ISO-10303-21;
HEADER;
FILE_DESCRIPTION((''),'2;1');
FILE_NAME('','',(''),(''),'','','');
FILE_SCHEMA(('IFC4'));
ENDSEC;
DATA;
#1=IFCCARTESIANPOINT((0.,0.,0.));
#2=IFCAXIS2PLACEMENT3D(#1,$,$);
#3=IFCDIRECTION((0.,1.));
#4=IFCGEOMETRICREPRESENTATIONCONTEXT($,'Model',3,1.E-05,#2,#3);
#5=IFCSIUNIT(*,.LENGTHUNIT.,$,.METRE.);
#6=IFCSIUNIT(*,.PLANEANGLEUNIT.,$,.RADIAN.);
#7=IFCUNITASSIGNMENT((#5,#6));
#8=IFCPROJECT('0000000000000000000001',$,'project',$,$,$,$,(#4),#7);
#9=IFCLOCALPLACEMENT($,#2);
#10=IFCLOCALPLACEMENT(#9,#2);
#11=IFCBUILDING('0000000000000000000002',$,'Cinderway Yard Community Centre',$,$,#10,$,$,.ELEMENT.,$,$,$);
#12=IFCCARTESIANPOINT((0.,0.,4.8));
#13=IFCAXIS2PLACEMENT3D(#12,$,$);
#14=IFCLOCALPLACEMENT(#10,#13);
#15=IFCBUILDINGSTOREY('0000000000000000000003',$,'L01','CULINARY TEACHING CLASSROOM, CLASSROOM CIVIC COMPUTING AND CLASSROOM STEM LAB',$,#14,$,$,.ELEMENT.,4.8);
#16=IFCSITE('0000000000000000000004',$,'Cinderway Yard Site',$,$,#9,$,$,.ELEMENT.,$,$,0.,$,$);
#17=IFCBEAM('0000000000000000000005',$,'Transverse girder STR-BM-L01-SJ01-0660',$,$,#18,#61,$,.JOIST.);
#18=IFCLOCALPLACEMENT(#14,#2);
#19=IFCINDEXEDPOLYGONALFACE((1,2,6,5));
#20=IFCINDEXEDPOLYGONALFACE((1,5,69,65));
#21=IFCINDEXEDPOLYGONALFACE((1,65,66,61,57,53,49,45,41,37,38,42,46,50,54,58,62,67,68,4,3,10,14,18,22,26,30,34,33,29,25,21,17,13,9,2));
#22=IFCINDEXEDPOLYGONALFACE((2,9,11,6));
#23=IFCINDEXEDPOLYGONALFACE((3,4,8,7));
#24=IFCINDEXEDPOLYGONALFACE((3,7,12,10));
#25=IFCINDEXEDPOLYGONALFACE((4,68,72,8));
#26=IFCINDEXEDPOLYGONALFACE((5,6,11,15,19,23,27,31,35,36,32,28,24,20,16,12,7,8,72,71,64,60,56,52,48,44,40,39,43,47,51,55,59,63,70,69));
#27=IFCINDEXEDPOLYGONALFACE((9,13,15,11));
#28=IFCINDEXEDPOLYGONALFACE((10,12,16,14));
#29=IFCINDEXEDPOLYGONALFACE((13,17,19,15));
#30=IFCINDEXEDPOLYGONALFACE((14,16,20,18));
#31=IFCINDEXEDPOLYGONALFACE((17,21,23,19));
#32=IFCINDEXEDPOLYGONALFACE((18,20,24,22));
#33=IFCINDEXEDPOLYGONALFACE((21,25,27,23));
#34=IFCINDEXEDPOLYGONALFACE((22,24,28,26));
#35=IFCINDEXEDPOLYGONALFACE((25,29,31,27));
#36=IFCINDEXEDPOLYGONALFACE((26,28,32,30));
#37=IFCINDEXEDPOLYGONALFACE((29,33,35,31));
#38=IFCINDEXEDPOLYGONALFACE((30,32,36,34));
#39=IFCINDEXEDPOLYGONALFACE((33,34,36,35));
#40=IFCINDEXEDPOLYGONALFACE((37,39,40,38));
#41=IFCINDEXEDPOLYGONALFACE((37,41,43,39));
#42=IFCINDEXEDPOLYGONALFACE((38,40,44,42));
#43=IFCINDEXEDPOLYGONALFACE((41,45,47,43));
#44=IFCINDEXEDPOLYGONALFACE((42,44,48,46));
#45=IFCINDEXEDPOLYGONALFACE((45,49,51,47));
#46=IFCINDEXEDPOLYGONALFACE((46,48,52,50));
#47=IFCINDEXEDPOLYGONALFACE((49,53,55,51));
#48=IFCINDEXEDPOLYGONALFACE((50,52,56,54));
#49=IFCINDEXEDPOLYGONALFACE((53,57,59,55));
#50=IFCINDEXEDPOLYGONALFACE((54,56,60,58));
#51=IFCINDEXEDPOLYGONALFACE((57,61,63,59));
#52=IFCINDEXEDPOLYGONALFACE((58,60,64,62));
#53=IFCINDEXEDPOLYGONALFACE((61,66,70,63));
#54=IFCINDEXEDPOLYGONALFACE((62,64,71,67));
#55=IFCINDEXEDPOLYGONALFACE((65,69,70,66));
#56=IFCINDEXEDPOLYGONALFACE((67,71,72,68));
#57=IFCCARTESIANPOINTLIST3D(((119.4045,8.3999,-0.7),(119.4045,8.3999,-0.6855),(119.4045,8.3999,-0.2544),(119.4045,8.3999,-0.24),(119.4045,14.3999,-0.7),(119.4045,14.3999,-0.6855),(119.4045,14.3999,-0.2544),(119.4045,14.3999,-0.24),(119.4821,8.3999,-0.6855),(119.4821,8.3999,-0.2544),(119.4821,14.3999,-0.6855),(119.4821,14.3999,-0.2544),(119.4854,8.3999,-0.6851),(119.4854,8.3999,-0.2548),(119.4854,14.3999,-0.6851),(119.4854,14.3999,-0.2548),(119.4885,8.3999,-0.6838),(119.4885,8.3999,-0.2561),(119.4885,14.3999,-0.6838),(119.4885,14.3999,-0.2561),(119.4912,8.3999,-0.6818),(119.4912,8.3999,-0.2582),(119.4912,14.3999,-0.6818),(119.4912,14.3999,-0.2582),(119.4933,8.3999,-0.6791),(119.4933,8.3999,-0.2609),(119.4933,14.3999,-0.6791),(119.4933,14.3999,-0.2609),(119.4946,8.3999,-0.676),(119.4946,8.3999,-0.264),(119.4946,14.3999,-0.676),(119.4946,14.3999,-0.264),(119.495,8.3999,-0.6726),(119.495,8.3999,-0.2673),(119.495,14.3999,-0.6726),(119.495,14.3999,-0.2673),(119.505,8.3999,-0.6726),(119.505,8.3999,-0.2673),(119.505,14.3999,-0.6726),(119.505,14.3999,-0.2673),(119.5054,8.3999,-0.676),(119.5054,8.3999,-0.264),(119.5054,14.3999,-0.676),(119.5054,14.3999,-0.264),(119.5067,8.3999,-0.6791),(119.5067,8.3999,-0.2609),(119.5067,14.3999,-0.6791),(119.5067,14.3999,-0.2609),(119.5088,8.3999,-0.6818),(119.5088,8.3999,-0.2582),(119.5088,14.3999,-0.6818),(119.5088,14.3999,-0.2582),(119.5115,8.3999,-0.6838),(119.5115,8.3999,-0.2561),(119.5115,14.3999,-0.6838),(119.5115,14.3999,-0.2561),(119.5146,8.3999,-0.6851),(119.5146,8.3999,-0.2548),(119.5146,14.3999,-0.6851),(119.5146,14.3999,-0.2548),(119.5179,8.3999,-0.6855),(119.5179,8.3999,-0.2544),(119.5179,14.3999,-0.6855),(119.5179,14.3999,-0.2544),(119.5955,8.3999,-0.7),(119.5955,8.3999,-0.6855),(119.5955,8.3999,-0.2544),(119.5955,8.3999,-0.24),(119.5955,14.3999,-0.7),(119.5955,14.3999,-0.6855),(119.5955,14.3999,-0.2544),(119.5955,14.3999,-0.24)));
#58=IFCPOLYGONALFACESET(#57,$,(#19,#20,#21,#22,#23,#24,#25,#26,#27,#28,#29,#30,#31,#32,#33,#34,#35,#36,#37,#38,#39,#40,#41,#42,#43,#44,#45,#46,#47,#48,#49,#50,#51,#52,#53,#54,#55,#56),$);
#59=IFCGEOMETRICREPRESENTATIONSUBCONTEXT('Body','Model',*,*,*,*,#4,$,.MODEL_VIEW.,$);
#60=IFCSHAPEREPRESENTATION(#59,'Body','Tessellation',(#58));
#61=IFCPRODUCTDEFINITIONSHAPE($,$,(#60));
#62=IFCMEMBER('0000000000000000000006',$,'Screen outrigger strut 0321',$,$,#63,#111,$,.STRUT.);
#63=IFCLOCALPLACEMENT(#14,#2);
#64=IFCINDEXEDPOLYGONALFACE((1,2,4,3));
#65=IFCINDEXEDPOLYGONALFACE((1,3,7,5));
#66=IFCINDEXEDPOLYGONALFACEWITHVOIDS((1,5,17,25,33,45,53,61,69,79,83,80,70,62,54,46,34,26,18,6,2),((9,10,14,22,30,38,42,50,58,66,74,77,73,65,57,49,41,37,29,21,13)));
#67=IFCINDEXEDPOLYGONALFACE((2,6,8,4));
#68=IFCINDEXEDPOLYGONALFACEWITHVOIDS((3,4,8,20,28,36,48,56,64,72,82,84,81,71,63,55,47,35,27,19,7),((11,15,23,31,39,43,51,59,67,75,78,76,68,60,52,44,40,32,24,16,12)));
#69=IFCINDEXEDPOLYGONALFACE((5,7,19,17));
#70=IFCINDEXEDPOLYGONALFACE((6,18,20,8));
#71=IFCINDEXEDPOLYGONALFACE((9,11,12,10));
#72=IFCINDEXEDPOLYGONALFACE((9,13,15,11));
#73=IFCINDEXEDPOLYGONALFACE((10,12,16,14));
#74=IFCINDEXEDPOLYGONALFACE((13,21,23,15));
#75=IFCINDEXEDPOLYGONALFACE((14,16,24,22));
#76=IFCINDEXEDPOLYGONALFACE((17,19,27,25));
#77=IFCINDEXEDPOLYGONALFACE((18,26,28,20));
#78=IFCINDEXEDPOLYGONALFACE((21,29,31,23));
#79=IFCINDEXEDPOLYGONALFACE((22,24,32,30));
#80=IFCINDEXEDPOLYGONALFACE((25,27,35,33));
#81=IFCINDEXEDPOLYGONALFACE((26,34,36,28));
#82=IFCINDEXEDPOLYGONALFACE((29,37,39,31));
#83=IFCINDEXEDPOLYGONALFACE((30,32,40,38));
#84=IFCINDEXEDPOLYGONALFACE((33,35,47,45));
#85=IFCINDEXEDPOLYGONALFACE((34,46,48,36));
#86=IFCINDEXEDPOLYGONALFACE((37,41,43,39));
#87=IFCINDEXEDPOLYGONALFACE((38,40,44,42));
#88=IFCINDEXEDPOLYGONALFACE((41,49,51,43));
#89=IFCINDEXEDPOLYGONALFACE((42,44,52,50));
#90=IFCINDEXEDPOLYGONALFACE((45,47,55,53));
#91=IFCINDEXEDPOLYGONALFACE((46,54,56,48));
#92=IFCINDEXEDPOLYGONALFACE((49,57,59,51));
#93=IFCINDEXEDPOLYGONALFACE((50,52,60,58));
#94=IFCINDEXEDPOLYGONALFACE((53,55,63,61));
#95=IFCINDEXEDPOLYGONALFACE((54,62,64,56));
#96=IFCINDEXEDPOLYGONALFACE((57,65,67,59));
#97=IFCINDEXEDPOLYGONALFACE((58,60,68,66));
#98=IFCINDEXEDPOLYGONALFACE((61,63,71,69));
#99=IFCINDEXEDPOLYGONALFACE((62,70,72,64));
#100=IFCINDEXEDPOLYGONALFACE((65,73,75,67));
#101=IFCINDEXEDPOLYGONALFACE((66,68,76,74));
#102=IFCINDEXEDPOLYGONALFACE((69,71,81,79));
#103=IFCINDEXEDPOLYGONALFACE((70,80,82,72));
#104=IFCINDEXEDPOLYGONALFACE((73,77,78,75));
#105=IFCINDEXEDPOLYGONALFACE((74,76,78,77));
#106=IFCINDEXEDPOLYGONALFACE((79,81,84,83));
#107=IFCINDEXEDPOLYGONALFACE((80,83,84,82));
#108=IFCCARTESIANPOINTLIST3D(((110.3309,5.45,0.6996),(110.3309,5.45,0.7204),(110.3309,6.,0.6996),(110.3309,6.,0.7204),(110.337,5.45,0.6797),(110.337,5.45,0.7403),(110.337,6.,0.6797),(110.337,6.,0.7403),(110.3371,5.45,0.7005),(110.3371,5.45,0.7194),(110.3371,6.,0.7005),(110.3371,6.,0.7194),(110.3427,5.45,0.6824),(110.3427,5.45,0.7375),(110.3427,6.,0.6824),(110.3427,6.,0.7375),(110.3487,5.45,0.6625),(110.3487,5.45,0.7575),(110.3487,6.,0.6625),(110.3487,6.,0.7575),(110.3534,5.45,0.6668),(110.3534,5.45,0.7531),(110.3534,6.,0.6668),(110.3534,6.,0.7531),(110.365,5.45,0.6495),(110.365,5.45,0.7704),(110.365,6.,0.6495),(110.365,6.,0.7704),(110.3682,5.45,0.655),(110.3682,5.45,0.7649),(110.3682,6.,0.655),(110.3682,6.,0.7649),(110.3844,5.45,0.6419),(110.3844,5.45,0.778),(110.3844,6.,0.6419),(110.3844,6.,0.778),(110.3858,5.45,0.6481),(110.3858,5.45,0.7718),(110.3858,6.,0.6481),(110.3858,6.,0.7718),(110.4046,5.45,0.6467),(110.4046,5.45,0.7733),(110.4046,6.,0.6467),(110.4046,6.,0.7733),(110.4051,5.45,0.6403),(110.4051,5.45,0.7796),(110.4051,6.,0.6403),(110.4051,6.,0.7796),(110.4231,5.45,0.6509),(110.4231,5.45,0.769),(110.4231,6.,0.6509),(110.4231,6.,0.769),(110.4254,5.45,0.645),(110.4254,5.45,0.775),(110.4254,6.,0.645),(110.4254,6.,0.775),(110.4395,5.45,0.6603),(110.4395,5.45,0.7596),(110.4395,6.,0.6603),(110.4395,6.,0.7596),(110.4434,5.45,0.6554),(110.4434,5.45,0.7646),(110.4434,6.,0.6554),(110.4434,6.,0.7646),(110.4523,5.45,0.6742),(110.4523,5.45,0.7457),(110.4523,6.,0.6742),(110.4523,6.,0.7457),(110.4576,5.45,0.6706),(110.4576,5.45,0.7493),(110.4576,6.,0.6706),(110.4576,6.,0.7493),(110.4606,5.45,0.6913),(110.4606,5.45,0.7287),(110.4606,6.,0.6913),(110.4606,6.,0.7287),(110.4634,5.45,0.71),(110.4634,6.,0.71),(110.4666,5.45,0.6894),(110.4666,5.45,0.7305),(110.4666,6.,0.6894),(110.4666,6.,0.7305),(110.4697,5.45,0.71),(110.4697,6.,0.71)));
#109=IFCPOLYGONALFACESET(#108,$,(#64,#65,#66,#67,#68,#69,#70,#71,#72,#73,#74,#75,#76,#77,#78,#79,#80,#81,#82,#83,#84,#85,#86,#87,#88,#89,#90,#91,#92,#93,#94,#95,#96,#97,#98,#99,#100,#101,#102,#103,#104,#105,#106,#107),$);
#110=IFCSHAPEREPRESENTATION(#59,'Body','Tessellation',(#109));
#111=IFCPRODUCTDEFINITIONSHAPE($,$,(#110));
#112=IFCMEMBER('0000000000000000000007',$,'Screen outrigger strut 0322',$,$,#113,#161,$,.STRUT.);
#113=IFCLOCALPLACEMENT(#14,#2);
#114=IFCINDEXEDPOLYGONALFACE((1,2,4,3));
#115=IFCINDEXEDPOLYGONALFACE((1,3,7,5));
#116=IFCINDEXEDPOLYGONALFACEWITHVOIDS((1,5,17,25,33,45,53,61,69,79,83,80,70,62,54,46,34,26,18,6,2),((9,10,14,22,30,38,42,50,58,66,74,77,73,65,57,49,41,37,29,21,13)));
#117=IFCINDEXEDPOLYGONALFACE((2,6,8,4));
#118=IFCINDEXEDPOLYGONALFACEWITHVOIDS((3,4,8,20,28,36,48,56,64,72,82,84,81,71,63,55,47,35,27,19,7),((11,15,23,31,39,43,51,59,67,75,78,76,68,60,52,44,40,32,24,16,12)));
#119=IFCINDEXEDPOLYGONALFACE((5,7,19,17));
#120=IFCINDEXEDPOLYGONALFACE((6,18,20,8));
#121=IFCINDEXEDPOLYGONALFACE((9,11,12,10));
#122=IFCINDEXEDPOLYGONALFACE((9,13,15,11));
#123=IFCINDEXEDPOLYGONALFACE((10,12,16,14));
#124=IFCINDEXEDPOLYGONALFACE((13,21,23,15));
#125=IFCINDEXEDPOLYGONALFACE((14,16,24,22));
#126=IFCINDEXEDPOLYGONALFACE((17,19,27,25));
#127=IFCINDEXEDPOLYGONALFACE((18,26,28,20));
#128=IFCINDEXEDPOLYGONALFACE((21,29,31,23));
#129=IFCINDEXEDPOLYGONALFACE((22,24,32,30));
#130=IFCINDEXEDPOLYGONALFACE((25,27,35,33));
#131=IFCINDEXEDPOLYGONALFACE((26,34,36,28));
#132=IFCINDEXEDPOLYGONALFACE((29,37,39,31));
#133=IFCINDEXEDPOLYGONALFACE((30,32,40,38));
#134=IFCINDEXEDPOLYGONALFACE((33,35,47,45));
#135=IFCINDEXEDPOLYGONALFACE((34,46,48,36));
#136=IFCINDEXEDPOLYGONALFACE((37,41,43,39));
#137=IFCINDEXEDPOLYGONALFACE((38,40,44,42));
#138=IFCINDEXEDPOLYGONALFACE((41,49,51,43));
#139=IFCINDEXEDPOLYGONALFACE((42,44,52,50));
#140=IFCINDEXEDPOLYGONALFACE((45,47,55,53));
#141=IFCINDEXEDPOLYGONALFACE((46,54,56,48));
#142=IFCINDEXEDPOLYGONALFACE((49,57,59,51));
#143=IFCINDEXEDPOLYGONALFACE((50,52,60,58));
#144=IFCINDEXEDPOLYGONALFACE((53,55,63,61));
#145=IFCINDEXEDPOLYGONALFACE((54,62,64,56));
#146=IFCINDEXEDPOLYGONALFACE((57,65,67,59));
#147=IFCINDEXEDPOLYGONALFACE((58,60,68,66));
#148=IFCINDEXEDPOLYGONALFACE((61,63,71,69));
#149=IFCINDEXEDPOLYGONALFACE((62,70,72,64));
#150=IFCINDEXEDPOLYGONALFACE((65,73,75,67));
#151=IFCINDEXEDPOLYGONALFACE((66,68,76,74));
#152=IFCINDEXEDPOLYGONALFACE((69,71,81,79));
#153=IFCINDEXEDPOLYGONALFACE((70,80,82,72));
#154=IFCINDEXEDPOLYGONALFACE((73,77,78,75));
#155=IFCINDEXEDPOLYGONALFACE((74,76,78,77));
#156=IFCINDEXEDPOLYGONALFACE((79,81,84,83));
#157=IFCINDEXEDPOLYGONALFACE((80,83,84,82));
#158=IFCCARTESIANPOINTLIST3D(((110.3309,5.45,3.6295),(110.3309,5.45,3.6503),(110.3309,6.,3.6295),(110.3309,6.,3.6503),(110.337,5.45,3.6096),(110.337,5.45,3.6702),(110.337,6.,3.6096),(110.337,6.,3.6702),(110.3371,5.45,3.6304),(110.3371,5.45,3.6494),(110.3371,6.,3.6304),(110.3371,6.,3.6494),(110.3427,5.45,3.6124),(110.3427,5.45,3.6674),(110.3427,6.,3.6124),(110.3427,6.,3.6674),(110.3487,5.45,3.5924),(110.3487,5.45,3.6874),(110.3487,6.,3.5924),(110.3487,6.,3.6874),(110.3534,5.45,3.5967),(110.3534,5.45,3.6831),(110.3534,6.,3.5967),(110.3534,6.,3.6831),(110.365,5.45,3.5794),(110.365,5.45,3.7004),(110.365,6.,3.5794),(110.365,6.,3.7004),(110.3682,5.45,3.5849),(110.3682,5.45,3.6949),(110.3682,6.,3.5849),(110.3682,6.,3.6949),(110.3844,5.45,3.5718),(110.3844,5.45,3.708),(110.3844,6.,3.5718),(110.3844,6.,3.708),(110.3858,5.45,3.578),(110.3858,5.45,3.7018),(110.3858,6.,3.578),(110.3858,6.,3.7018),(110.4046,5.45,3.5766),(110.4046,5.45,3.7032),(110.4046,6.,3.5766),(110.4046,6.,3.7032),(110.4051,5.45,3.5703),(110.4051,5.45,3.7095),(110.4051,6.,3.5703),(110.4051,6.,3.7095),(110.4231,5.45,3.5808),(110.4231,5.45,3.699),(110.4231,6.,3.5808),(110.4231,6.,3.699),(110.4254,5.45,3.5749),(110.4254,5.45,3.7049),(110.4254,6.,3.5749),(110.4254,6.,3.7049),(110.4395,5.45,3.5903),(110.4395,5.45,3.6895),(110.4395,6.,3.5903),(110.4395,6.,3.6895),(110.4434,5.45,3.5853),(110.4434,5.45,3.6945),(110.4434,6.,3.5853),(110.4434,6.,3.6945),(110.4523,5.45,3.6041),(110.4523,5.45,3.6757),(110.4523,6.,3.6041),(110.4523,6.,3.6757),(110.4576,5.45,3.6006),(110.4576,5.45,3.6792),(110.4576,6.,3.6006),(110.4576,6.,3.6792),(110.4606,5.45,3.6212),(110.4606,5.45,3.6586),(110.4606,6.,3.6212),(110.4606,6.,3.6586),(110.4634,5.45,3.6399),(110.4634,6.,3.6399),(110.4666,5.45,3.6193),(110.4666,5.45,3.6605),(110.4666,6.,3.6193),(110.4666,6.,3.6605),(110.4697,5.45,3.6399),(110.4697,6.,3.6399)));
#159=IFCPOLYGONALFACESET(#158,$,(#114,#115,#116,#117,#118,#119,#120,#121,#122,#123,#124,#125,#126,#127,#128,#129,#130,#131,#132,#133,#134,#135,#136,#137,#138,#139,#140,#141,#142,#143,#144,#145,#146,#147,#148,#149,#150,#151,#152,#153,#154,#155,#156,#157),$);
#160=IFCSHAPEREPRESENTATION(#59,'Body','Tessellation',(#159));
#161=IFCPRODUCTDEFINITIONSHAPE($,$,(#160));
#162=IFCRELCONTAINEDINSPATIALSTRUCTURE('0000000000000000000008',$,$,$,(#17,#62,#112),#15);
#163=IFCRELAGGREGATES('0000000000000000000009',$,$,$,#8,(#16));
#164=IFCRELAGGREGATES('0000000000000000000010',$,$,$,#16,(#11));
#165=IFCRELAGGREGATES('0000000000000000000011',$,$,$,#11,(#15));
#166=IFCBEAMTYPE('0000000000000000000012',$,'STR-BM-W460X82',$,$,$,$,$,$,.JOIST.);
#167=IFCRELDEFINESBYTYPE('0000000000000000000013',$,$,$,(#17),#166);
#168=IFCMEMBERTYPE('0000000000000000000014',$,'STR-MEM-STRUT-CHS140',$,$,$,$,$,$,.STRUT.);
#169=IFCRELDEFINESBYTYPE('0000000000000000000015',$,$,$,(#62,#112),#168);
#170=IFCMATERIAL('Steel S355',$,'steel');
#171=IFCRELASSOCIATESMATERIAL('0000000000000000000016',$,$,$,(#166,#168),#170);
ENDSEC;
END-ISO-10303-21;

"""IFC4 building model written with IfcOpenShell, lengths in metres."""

from ifc_helpers import new_model, si_unit, direction, frame, origin, origin_2d, place, context, subcontext, project, spatial, hollow_circle, i_section, extrude, material, material_profile, profile_set, type_object, element, save


model = new_model("IFC4")

# Units and contexts
model_context = context("Model", 3, precision=1e-05, world=origin(), true_north=direction((0.0, 1.0)))
body_context = subcontext(model_context, "Body", "Model", "MODEL_VIEW")
ifc_project = project(units=[si_unit("LENGTHUNIT", "METRE"), si_unit("PLANEANGLEUNIT", "RADIAN")], contexts=[model_context])

# Site, building, storey
site_placement = place(None, origin())
site = spatial("IfcSite", under=ifc_project, at=site_placement, Name="Cinderway Yard Site", CompositionType="ELEMENT", RefElevation=0.0)
building_placement = place(site_placement, origin())
building = spatial("IfcBuilding", under=site, at=building_placement, Name="Cinderway Yard Community Centre", CompositionType="ELEMENT")
storey_placement = place(building_placement, frame((0.0, 0.0, 4.8)))
storey = spatial("IfcBuildingStorey", under=building, at=storey_placement, Name="L01", Description="CULINARY TEACHING CLASSROOM, CLASSROOM CIVIC COMPUTING AND CLASSROOM STEM LAB", CompositionType="ELEMENT", Elevation=4.8)

# Beam
ifc_material_1 = material(Name="Steel S355", Category="steel")
ifc_material_profile_1 = material_profile(ifc_material_1, i_section(OverallWidth=0.1909, OverallDepth=0.46, WebThickness=0.01, FlangeThickness=0.0144, FilletRadius=0.0129, at=origin_2d()), Name="Steel S355")
ifc_profile_set_1 = profile_set([ifc_material_profile_1], Name="Steel S355")
beam_type_1 = type_object("IfcBeamType", Name="STR-BM-W460X82", PredefinedType="JOIST", material=ifc_profile_set_1)
beam_1_placement = place(storey_placement, frame((119.5, 8.3999, -0.47), z_axis=(0.0, 1.0, 0.0), x_axis=(-1.0, 0.0, 0.0)))
element("IfcBeam", 1, at=beam_1_placement, inside=storey, type_object=beam_type_1, Name="Transverse girder STR-BM-L01-SJ01-0660", PredefinedType="JOIST", context=body_context, shape_type="SweptSolid", body=[
    extrude(i_section(OverallWidth=0.1909, OverallDepth=0.46, WebThickness=0.01, FlangeThickness=0.0144, FilletRadius=0.0129, at=origin_2d()), origin(), (0.0, 0.0, 1.0), 6.0),
])

# Members
ifc_material_profile_2 = material_profile(ifc_material_1, hollow_circle(Radius=0.0698, WallThickness=0.0063, at=origin_2d()), Name="Steel S355")
ifc_profile_set_2 = profile_set([ifc_material_profile_2], Name="Steel S355")
member_type = type_object("IfcMemberType", Name="STR-MEM-STRUT-CHS140", PredefinedType="STRUT", material=ifc_profile_set_2)
for number, where, z_axis, x_axis, name in (
    (2, (110.3999, 6.0, 0.71), (0.0, -1.0, 0.0), (1.0, 0.0, 0.0), "Screen outrigger strut 0321"),
    (3, (110.3999, 6.0, 3.6399), (0.0, -1.0, 0.0), (1.0, 0.0, 0.0), "Screen outrigger strut 0322"),
):
    element("IfcMember", number, at=place(storey_placement, frame(where, z_axis=z_axis, x_axis=x_axis)), inside=storey, type_object=member_type, Name=name, PredefinedType="STRUT", context=body_context, shape_type="SweptSolid", body=[
        extrude(hollow_circle(Radius=0.0698, WallThickness=0.0063, at=origin_2d()), origin(), (0.0, 0.0, 1.0), 0.55),
    ])

save(model, "model.ifc")
